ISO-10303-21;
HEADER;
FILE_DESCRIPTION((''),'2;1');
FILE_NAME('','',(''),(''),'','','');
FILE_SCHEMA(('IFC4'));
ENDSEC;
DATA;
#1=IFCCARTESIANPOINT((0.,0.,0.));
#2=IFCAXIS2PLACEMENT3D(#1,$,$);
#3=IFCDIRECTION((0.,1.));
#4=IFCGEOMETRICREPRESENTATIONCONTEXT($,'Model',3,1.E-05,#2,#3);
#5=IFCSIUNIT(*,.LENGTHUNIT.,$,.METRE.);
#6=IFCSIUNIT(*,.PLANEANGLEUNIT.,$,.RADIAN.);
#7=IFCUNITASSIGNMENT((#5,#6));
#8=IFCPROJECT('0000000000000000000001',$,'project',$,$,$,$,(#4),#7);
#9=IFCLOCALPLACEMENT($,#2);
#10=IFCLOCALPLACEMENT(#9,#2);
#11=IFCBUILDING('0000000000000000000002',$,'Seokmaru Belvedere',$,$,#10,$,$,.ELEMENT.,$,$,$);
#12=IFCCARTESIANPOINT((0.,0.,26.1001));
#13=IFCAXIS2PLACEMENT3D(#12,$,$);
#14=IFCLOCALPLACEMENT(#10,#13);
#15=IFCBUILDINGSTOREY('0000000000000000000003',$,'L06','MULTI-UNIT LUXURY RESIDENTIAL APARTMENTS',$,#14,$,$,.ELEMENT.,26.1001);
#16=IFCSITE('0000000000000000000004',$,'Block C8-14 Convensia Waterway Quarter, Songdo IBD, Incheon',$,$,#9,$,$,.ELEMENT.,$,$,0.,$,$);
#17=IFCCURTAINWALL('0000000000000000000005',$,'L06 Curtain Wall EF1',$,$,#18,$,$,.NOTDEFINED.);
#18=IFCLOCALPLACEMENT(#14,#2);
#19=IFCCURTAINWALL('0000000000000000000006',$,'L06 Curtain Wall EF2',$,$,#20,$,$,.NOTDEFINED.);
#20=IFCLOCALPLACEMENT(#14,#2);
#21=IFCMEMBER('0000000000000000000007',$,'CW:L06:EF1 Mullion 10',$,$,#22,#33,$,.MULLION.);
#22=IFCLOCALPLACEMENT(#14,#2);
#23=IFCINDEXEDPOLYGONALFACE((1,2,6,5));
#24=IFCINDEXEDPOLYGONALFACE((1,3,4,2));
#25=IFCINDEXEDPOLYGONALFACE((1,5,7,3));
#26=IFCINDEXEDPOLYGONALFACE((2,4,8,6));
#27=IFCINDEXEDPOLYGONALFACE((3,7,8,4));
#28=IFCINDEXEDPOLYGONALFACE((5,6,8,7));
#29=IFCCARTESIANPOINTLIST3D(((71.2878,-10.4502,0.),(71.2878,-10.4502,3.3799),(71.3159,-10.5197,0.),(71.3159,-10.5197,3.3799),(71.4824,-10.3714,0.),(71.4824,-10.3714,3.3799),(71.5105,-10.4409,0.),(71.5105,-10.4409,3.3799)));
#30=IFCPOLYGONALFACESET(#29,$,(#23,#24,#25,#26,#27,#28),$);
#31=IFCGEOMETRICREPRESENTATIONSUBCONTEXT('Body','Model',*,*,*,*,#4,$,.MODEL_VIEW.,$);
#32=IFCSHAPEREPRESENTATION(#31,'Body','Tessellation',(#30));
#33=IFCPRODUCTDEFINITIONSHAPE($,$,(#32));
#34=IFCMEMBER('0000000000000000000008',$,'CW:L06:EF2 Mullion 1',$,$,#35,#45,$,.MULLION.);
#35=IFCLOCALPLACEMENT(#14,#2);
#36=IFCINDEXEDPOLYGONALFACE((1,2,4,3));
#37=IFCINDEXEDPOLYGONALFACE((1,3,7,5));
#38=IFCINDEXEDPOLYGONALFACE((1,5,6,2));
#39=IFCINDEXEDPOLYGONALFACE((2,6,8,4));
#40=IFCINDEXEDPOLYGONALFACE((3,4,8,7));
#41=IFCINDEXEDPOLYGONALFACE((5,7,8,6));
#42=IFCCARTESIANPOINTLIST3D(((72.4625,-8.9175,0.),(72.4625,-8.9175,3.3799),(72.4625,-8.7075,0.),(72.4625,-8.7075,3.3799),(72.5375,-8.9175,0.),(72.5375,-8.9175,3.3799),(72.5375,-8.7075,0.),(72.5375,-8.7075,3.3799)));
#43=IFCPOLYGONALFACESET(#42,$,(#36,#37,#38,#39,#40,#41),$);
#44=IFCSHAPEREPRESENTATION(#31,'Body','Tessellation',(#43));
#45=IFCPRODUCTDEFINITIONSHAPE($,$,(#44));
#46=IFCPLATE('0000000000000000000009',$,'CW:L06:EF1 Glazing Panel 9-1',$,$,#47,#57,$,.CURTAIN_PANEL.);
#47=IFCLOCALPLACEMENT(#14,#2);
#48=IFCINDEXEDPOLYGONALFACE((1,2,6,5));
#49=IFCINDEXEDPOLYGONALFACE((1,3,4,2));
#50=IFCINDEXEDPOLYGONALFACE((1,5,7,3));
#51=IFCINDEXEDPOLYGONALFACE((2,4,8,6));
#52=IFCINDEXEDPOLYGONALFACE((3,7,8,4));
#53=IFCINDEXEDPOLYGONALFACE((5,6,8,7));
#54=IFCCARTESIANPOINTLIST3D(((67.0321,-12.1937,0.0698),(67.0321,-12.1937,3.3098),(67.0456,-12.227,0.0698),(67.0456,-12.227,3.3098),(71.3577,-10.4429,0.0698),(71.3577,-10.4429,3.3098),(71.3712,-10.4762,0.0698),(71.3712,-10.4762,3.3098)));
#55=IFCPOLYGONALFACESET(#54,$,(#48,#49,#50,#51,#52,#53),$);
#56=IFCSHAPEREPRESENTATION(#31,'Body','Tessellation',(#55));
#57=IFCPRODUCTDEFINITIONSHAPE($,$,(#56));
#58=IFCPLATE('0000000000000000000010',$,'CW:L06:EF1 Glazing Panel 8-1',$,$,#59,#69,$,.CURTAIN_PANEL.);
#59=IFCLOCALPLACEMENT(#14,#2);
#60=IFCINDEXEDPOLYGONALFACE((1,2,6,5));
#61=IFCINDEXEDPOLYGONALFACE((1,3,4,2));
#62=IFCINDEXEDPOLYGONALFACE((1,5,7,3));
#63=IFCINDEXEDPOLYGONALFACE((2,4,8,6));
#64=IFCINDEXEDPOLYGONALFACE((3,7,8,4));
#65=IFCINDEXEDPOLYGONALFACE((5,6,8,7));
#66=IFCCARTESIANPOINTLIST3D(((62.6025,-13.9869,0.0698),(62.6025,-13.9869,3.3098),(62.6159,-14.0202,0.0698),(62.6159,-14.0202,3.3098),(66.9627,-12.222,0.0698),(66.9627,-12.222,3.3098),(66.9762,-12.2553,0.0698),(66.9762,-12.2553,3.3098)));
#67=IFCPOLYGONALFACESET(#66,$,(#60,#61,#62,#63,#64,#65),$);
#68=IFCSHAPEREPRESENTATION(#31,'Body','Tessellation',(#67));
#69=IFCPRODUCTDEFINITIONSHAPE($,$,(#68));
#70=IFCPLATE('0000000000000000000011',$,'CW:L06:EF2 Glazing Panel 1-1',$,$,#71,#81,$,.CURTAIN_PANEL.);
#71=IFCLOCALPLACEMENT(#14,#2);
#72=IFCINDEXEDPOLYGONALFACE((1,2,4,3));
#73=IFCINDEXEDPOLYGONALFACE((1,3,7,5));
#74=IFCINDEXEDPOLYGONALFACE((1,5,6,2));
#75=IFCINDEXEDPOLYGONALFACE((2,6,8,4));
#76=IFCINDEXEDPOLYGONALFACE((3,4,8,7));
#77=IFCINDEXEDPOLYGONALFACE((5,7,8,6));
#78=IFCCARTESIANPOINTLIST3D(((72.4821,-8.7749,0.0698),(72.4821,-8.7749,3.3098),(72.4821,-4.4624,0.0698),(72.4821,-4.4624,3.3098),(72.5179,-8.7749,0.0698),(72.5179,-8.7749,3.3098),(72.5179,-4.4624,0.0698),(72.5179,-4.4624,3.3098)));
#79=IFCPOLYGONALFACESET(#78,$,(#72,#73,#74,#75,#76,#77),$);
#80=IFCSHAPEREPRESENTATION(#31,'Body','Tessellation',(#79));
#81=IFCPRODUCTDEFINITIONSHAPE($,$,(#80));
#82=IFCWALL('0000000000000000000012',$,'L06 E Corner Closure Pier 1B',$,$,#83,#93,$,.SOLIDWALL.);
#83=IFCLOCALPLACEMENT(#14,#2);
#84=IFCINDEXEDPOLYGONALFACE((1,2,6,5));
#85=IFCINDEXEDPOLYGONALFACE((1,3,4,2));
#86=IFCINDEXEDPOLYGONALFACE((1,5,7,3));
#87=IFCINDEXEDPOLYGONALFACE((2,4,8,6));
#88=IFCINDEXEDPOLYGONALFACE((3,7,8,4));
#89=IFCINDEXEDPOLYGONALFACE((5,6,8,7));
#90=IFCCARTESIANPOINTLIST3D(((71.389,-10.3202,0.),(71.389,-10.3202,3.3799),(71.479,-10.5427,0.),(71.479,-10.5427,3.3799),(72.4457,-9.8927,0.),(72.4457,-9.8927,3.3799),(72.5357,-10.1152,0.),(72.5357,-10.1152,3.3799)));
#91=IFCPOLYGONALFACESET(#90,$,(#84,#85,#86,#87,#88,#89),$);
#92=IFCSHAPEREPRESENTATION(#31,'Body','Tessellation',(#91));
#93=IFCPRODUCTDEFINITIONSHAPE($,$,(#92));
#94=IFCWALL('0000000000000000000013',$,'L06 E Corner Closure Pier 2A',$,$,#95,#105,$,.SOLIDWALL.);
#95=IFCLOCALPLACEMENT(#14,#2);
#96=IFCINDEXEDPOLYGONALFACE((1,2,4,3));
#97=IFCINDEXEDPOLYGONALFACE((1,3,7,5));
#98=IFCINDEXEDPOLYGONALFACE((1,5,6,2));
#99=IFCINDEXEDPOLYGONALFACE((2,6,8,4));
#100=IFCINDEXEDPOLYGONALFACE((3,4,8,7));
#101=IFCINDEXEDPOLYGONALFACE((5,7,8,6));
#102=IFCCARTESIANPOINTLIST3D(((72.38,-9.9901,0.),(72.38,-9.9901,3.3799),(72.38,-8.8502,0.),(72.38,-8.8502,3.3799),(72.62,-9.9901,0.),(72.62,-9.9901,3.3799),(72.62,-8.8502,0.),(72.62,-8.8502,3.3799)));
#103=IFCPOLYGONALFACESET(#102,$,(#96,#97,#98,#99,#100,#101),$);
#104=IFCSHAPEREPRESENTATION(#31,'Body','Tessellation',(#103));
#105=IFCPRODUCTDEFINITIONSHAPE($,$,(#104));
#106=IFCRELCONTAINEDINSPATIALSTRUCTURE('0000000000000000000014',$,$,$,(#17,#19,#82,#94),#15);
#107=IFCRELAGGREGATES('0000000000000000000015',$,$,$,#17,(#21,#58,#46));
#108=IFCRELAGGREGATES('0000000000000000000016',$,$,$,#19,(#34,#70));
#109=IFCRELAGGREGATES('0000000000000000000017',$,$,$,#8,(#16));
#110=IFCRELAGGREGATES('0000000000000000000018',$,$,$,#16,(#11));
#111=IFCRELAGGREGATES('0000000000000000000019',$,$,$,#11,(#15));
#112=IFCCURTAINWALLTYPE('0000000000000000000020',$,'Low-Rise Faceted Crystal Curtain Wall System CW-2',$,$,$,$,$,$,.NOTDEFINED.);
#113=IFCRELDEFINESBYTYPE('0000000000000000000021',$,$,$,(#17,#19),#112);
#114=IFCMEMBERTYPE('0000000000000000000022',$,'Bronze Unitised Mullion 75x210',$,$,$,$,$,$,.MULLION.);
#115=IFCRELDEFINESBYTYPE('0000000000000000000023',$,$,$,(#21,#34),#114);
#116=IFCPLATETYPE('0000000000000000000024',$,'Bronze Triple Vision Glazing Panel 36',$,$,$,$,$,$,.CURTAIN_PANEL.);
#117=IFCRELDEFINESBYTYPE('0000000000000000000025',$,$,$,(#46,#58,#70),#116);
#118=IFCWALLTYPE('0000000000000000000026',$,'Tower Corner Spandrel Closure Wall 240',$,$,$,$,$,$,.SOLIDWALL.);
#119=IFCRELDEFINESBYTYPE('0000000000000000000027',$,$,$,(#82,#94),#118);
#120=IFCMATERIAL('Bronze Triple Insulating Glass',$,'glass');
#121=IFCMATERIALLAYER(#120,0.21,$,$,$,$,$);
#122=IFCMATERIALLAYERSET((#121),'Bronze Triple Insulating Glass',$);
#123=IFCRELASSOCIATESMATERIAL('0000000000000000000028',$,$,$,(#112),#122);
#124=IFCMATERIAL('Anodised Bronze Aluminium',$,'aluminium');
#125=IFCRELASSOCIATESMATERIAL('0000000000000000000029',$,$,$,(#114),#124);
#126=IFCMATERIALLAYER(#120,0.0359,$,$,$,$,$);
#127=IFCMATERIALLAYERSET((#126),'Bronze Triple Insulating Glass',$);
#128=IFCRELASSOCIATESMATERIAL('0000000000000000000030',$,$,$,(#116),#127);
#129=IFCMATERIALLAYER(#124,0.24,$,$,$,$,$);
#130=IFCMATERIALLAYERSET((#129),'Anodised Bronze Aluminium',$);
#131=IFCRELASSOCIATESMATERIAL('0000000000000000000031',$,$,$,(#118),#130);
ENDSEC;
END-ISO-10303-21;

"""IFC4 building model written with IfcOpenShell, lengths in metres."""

from ifc_helpers import new_model, si_unit, direction, frame, frame_2d, origin, origin_2d, place, context, subcontext, project, spatial, rectangle, extrude, source, transform, mapped, material, layer, layer_set, material_profile, profile_set, type_object, type_shapes, element, aggregate, save


model = new_model("IFC4")

# Units and contexts
model_context = context("Model", 3, precision=1e-05, world=origin(), true_north=direction((0.0, 1.0)))
body_context = subcontext(model_context, "Body", "Model", "MODEL_VIEW")
ifc_project = project(units=[si_unit("LENGTHUNIT", "METRE"), si_unit("PLANEANGLEUNIT", "RADIAN")], contexts=[model_context])

# Site, building, storey
site_placement = place(None, origin())
site = spatial("IfcSite", under=ifc_project, at=site_placement, Name="Block C8-14 Convensia Waterway Quarter, Songdo IBD, Incheon", CompositionType="ELEMENT", RefElevation=0.0)
building_placement = place(site_placement, origin())
building = spatial("IfcBuilding", under=site, at=building_placement, Name="Seokmaru Belvedere", CompositionType="ELEMENT")
storey_placement = place(building_placement, frame((0.0, 0.0, 26.1001)))
storey = spatial("IfcBuildingStorey", under=building, at=storey_placement, Name="L06", Description="MULTI-UNIT LUXURY RESIDENTIAL APARTMENTS", CompositionType="ELEMENT", Elevation=26.1001)

# Curtain walls
ifc_material_1 = material(Name="Bronze Triple Insulating Glass", Category="glass")
ifc_layer_1 = layer(ifc_material_1, 0.21)
ifc_layer_set_1 = layer_set([ifc_layer_1], Name="Bronze Triple Insulating Glass")
curtain_wall_type = type_object("IfcCurtainWallType", Name="Low-Rise Faceted Crystal Curtain Wall System CW-2", PredefinedType="NOTDEFINED", material=ifc_layer_set_1)
curtain_wall_1_placement = place(storey_placement, origin())
curtain_wall_1 = element("IfcCurtainWall", 1, at=curtain_wall_1_placement, inside=storey, type_object=curtain_wall_type, Name="L06 Curtain Wall EF1", PredefinedType="NOTDEFINED")
ifc_material_2 = material(Name="Anodised Bronze Aluminium", Category="aluminium")
ifc_material_profile_1 = material_profile(ifc_material_2, rectangle(XDim=0.075, YDim=0.21, at=origin_2d()), Name="CW-M-75x210")
ifc_profile_set_1 = profile_set([ifc_material_profile_1], Name="Anodised Bronze Aluminium")
member_type_1 = type_object("IfcMemberType", Name="Bronze Unitised Mullion 75x210", PredefinedType="MULLION", material=ifc_profile_set_1)
curtain_wall_2_placement = place(storey_placement, origin())
curtain_wall_2 = element("IfcCurtainWall", 2, at=curtain_wall_2_placement, inside=storey, type_object=curtain_wall_type, Name="L06 Curtain Wall EF2", PredefinedType="NOTDEFINED")

# Members
shared_shape_1 = source(origin(), body_context, "Body", "SweptSolid", [
    extrude(rectangle(XDim=0.075, YDim=0.21, at=origin_2d()), origin(), (0.0, 0.0, 1.0), 3.3799),
])
member_1_placement = place(storey_placement, frame((71.3992, -10.4456, 0.0), z_axis=(0.0, 0.0, 1.0), x_axis=(-0.375192, 0.926947, 0.0)))
member_1 = element("IfcMember", 3, at=member_1_placement, type_object=member_type_1, Name="CW:L06:EF1 Mullion 10", PredefinedType="MULLION", context=body_context, shape_type="MappedRepresentation", body=[
    mapped(shared_shape_1, transform((0.0, 0.0, 0.0), scale=1.0)),
])
member_2_placement = place(storey_placement, frame((72.5, -8.8125, 0.0), z_axis=(0.0, 0.0, 1.0), x_axis=(-1.0, 0.0, 0.0)))
member_2 = element("IfcMember", 4, at=member_2_placement, type_object=member_type_1, Name="CW:L06:EF2 Mullion 1", PredefinedType="MULLION", context=body_context, shape_type="MappedRepresentation", body=[
    mapped(shared_shape_1, transform((0.0, 0.0, 0.0), scale=1.0)),
])

# Plates
ifc_layer_2 = layer(ifc_material_1, 0.0359)
ifc_layer_set_2 = layer_set([ifc_layer_2], Name="Bronze Triple Insulating Glass")
plate_type = type_object("IfcPlateType", Name="Bronze Triple Vision Glazing Panel 36", PredefinedType="CURTAIN_PANEL", material=ifc_layer_set_2)
shared_shape_2 = source(origin(), body_context, "Body", "SweptSolid", [
    extrude(rectangle(XDim=4.6665, YDim=0.0359, at=origin_2d()), origin(), (0.0, 0.0, 1.0), 3.24),
])
plate_1_placement = place(storey_placement, frame((69.2017, -11.335, 0.0698), z_axis=(0.0, 0.0, 1.0), x_axis=(0.926947, 0.375192, 0.0)))
plate_1 = element("IfcPlate", 5, at=plate_1_placement, type_object=plate_type, Name="CW:L06:EF1 Glazing Panel 9-1", PredefinedType="CURTAIN_PANEL", context=body_context, shape_type="MappedRepresentation", body=[
    mapped(shared_shape_2, transform((0.0, 0.0, 0.0), scale=1.0)),
])
shared_shape_3 = source(origin(), body_context, "Body", "SweptSolid", [
    extrude(rectangle(XDim=4.7039, YDim=0.0359, at=origin_2d()), origin(), (0.0, 0.0, 1.0), 3.24),
])
plate_2_placement = place(storey_placement, frame((64.7893, -13.1211, 0.0698), z_axis=(0.0, 0.0, 1.0), x_axis=(0.926947, 0.375192, 0.0)))
plate_2 = element("IfcPlate", 6, at=plate_2_placement, type_object=plate_type, Name="CW:L06:EF1 Glazing Panel 8-1", PredefinedType="CURTAIN_PANEL", context=body_context, shape_type="MappedRepresentation", body=[
    mapped(shared_shape_3, transform((0.0, 0.0, 0.0), scale=1.0)),
])
aggregate(curtain_wall_1, [member_1, plate_2, plate_1])
shared_shape_4 = source(origin(), body_context, "Body", "SweptSolid", [
    extrude(rectangle(XDim=4.3125, YDim=0.0359, at=origin_2d()), origin(), (0.0, 0.0, 1.0), 3.24),
])
type_shapes(plate_type, [shared_shape_2, shared_shape_3, shared_shape_4])
plate_3_placement = place(storey_placement, frame((72.5, -6.6187, 0.0698), z_axis=(0.0, 0.0, 1.0), x_axis=(0.0, 1.0, 0.0)))
plate_3 = element("IfcPlate", 7, at=plate_3_placement, type_object=plate_type, Name="CW:L06:EF2 Glazing Panel 1-1", PredefinedType="CURTAIN_PANEL", context=body_context, shape_type="MappedRepresentation", body=[
    mapped(shared_shape_4, transform((0.0, 0.0, 0.0), scale=1.0)),
])
aggregate(curtain_wall_2, [member_2, plate_3])

# Walls
ifc_layer_3 = layer(ifc_material_2, 0.24)
ifc_layer_set_3 = layer_set([ifc_layer_3], Name="Anodised Bronze Aluminium")
wall_type = type_object("IfcWallType", Name="Tower Corner Spandrel Closure Wall 240", PredefinedType="SOLIDWALL", material=ifc_layer_set_3)
for number, where, z_axis, x_axis, name in (
    (8, (71.4341, -10.4314, 0.0), (0.0, 0.0, 1.0), (0.927007, 0.375044, 0.0), "L06 E Corner Closure Pier 1B"),
    (9, (72.5, -9.99, 0.0), (0.0, 0.0, 1.0), (0.0, 1.0, 0.0), "L06 E Corner Closure Pier 2A"),
):
    element("IfcWall", number, at=place(storey_placement, frame(where, z_axis=z_axis, x_axis=x_axis)), inside=storey, type_object=wall_type, Name=name, PredefinedType="SOLIDWALL", context=body_context, shape_type="SweptSolid", body=[
        extrude(rectangle(XDim=1.1399, YDim=0.24, at=frame_2d((0.5698, 0.0))), origin(), (0.0, 0.0, 1.0), 3.3799),
    ])

save(model, "model.ifc")
